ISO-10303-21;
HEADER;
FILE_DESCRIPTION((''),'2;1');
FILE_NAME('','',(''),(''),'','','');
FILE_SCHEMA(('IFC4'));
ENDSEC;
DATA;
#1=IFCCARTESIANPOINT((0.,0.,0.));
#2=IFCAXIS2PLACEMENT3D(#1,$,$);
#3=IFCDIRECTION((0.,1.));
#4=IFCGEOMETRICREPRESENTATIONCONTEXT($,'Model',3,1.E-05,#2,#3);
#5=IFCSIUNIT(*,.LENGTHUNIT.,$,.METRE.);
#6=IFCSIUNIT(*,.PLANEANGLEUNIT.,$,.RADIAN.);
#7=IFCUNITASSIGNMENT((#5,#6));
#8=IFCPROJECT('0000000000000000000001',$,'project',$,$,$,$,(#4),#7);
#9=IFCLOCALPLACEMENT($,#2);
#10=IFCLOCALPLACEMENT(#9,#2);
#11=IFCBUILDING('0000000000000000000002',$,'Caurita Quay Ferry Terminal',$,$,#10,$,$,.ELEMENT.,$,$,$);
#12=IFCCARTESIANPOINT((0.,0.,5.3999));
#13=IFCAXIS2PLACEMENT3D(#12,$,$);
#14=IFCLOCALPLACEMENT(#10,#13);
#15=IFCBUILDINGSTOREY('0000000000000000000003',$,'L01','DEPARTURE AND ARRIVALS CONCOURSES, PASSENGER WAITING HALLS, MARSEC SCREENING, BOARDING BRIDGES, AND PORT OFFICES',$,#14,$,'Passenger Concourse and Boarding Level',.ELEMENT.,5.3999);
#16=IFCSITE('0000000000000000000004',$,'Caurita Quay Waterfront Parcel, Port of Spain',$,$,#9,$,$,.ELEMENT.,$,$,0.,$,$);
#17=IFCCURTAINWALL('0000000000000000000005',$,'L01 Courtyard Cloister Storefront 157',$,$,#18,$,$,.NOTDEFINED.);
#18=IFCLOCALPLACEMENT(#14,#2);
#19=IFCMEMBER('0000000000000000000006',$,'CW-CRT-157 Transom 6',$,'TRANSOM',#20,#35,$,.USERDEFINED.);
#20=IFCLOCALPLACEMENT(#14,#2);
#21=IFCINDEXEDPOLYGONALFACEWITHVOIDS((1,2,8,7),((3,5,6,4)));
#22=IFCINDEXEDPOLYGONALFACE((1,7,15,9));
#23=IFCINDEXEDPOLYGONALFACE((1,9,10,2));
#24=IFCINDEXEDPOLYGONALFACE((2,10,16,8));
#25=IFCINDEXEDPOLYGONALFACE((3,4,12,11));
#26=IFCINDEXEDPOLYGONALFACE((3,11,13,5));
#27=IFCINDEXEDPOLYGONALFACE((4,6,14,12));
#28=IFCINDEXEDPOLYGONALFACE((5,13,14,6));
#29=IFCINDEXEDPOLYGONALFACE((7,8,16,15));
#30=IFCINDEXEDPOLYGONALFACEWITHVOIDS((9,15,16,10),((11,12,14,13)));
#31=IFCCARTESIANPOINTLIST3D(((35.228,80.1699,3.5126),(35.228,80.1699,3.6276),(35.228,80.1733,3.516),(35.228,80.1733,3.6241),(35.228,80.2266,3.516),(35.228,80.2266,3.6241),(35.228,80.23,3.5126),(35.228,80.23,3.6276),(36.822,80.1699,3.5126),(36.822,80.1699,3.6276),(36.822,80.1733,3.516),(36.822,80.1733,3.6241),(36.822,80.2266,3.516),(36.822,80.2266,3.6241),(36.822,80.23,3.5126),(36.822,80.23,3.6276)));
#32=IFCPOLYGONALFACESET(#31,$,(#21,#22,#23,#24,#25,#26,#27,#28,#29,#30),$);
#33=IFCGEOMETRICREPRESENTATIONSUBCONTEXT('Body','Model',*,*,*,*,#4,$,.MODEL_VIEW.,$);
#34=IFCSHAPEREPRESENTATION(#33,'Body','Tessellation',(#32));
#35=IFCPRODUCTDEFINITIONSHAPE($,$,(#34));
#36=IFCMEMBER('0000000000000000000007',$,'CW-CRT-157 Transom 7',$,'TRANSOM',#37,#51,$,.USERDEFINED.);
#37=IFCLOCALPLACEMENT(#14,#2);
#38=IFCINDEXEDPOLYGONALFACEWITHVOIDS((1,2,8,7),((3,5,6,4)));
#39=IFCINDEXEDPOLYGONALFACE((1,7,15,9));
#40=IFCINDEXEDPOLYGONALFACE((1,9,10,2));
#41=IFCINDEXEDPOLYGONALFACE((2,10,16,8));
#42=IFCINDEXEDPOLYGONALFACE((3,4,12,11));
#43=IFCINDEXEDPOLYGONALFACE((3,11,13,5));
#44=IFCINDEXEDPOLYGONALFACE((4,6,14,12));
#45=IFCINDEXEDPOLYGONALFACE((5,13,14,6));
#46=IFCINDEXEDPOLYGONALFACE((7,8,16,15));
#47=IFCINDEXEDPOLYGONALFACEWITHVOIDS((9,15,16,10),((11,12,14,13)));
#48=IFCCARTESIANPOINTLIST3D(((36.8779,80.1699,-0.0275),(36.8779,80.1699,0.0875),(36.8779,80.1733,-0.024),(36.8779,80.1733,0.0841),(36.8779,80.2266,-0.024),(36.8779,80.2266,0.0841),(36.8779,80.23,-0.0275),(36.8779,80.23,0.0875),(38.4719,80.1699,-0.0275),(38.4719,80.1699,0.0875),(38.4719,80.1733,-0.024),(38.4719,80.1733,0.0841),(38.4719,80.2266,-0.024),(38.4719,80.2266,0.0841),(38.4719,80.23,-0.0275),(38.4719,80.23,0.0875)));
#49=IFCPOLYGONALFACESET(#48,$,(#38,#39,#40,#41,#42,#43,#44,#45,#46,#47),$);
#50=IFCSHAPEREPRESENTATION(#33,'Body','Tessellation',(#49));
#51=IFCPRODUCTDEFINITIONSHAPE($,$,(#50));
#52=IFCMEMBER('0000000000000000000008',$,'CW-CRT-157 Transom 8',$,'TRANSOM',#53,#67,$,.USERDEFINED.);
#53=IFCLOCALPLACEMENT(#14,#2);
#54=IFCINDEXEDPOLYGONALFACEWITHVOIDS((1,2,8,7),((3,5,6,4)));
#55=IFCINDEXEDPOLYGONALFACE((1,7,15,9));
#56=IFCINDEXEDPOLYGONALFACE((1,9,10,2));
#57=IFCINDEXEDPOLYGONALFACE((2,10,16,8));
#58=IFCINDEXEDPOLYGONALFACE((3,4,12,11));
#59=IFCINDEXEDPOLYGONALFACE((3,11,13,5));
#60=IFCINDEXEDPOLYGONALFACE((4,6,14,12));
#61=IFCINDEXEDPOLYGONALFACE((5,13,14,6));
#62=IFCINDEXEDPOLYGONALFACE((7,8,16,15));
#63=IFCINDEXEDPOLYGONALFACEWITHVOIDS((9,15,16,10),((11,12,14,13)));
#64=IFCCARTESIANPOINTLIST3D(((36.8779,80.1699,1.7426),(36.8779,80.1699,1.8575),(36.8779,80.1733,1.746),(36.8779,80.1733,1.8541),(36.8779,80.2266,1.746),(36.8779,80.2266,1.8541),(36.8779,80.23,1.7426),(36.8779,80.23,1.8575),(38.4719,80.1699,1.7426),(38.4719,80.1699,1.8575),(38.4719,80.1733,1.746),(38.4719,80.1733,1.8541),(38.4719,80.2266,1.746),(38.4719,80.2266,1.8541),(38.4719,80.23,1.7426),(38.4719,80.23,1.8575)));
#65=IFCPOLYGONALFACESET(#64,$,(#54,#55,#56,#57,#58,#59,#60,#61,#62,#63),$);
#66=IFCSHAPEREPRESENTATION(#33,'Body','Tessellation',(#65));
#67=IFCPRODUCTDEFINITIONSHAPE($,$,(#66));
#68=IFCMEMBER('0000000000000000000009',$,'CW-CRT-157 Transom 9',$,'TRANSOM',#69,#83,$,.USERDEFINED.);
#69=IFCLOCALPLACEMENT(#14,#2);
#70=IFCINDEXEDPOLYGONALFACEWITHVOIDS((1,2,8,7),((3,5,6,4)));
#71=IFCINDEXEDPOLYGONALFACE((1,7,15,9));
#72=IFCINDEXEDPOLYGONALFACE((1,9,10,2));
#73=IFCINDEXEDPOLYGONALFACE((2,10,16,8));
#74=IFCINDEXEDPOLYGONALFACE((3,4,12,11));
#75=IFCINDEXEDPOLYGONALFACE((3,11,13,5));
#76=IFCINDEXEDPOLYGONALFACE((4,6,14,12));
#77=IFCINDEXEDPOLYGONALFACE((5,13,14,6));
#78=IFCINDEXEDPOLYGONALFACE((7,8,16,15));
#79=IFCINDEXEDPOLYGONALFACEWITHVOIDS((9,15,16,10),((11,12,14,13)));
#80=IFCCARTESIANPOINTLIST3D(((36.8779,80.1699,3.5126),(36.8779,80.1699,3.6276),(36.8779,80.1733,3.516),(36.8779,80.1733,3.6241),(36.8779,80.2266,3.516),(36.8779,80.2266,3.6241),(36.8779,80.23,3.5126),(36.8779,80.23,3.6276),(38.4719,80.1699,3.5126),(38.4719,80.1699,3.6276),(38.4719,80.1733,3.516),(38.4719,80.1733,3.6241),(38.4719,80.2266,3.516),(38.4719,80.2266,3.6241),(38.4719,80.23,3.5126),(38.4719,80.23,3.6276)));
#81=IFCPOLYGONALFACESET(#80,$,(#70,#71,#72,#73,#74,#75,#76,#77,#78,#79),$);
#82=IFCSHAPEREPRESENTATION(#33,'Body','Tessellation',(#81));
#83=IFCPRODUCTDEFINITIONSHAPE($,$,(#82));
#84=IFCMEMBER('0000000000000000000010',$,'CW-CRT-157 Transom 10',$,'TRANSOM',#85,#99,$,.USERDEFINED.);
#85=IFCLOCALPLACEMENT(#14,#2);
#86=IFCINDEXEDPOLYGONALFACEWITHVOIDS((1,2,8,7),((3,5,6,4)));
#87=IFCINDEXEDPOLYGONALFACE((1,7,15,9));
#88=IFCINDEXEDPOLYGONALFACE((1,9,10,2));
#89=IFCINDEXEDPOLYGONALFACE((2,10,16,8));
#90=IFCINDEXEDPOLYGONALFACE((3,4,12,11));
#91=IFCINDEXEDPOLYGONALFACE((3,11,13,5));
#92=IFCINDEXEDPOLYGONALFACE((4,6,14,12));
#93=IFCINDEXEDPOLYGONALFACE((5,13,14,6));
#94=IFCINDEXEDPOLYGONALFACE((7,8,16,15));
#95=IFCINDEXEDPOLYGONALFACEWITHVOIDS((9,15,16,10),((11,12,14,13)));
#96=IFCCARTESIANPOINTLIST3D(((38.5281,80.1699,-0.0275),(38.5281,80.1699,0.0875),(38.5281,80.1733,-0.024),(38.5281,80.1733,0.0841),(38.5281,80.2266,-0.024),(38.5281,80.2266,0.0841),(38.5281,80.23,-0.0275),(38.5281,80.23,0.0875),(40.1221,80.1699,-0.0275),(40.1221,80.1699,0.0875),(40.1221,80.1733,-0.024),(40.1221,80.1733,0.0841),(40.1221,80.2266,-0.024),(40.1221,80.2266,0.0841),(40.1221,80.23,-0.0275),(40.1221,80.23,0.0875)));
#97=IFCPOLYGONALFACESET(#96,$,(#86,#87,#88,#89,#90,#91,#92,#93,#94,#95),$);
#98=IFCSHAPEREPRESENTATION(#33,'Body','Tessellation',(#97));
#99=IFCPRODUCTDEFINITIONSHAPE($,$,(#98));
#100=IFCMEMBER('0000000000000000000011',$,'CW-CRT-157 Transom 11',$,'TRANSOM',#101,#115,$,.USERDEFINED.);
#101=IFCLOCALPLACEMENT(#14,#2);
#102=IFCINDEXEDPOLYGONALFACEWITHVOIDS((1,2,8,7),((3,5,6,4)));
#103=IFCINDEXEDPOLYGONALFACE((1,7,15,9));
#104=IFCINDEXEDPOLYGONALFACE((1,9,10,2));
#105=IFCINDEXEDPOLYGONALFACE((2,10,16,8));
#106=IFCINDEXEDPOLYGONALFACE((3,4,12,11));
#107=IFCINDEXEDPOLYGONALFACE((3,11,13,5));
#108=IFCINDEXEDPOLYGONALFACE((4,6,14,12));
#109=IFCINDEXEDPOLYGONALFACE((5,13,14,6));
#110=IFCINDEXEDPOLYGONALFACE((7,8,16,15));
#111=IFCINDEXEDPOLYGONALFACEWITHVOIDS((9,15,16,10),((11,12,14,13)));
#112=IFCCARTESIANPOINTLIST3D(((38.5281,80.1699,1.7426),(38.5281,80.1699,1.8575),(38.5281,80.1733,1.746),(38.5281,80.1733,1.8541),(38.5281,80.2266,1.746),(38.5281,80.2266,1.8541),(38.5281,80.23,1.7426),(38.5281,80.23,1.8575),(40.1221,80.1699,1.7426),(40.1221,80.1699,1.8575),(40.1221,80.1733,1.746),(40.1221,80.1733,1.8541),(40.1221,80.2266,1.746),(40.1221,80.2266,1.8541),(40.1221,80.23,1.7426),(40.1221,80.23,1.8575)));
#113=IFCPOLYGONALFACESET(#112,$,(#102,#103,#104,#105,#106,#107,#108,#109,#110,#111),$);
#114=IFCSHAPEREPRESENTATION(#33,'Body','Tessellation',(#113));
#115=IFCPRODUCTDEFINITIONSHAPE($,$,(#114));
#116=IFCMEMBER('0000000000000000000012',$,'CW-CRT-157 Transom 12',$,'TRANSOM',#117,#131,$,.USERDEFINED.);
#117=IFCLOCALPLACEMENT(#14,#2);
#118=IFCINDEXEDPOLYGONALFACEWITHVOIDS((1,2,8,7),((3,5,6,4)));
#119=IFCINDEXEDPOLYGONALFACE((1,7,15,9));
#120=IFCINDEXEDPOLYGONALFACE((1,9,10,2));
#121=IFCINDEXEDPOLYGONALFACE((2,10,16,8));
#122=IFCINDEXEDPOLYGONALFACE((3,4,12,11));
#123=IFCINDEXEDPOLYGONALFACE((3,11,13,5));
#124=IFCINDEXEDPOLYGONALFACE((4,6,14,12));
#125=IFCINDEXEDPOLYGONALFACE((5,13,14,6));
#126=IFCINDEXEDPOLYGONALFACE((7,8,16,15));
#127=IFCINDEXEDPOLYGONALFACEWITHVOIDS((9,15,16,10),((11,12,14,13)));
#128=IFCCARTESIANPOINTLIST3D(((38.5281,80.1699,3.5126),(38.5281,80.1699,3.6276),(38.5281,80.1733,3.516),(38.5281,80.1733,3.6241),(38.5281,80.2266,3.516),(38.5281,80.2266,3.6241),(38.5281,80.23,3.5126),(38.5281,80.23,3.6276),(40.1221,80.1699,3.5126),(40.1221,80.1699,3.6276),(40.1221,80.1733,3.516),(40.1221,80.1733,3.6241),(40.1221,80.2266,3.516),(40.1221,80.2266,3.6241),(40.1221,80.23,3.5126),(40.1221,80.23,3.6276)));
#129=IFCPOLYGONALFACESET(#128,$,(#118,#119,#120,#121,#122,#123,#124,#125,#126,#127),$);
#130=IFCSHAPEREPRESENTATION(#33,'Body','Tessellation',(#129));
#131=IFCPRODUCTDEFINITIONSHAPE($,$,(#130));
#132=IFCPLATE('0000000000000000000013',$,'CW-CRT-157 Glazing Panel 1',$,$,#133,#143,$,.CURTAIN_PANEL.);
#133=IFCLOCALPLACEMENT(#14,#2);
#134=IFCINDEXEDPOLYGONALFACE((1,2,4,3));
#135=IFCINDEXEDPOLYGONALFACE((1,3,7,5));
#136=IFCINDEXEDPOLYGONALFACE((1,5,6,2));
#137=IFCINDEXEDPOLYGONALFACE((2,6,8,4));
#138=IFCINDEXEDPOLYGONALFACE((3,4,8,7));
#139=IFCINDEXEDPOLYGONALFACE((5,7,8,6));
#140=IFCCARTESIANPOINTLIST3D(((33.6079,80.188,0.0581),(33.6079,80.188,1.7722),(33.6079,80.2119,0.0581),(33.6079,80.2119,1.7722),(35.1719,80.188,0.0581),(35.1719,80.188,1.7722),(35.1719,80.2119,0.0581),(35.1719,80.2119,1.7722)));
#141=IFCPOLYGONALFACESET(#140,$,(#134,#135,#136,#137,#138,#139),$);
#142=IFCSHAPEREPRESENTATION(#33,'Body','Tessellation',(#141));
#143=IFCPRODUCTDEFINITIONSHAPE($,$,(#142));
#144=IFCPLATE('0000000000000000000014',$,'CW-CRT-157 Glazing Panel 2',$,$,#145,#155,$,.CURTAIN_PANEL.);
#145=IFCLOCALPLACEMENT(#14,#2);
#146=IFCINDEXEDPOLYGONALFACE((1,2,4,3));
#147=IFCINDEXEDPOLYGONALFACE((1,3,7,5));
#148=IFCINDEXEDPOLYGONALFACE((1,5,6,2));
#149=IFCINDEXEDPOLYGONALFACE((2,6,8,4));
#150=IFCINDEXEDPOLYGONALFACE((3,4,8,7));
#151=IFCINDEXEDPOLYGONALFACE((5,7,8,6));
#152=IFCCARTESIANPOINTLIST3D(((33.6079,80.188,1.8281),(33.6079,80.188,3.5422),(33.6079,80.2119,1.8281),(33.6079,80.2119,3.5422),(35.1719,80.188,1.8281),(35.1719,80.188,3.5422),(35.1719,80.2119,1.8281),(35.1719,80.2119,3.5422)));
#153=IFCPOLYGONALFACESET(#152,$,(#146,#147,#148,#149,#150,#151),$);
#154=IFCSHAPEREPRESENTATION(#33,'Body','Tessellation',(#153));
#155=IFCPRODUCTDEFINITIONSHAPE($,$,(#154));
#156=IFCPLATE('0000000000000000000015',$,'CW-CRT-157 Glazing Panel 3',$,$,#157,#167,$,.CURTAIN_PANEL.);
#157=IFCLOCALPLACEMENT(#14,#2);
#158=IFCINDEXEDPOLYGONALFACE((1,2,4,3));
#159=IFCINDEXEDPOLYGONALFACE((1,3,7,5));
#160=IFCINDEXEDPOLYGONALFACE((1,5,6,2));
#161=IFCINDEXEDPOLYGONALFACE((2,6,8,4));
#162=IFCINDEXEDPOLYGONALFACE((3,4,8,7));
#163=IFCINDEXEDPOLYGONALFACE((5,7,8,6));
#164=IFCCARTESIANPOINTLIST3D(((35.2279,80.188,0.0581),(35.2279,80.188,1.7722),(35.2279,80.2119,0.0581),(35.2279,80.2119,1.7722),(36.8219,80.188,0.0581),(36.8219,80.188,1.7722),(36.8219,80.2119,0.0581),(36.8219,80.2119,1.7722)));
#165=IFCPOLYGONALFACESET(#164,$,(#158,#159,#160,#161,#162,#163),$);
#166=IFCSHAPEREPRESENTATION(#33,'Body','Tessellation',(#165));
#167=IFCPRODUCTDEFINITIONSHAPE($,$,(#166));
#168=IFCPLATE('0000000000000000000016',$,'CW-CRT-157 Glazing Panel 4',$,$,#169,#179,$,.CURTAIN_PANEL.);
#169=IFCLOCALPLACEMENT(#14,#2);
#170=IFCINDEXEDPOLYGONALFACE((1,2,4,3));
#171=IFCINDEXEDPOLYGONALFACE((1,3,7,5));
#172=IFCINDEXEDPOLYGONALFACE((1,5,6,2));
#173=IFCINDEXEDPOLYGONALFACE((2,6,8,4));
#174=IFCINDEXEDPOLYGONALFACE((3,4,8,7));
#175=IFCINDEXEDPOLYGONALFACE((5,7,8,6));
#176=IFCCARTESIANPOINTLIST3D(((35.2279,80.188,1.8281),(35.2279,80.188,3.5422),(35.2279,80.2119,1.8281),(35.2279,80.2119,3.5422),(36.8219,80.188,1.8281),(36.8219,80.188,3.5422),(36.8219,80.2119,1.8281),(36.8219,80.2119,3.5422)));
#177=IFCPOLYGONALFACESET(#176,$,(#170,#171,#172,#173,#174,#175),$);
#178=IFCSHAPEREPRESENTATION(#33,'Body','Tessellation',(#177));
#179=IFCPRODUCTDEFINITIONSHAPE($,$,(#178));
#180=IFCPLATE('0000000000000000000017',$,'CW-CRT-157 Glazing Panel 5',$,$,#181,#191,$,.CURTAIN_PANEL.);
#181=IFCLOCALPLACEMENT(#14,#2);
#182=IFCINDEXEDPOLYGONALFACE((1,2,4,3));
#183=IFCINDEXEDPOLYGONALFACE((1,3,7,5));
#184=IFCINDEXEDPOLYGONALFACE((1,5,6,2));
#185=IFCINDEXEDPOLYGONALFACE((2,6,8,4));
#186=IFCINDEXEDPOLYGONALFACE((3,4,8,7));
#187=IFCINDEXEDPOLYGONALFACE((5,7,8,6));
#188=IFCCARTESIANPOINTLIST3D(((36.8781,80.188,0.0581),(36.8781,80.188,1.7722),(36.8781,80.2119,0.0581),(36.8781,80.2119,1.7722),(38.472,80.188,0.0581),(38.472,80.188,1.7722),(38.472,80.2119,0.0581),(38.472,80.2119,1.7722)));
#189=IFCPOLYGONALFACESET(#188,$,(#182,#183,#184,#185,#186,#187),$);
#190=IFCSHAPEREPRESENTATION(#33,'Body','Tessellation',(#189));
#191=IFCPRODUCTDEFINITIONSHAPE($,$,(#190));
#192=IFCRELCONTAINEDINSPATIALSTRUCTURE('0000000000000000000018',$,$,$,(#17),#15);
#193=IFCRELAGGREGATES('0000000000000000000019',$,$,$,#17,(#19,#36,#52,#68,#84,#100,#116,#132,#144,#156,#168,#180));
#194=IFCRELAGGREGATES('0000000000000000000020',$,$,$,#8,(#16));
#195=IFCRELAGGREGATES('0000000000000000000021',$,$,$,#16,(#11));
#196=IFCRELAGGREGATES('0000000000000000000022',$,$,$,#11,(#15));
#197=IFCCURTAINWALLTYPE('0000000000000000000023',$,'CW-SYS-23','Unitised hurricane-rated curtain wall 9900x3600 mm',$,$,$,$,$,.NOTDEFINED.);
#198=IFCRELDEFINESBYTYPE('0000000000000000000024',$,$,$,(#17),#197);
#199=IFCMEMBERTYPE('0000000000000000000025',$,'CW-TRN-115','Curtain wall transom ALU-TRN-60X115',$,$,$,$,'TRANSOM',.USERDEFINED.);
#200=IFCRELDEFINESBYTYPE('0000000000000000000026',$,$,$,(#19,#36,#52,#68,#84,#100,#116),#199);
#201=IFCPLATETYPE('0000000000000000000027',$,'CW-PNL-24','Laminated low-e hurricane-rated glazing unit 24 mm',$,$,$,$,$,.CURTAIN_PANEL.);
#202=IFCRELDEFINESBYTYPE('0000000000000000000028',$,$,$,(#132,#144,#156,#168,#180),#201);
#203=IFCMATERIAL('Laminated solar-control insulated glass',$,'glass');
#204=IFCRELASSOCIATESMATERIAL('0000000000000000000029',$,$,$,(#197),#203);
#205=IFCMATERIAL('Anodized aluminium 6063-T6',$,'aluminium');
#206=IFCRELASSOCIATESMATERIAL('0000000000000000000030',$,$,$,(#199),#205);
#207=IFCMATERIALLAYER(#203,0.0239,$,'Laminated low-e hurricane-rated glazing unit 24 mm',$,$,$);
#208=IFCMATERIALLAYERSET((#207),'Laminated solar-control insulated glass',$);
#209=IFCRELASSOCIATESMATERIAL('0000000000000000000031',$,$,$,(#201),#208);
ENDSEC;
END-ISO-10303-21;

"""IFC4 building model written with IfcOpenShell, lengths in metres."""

from ifc_helpers import new_model, si_unit, direction, frame, origin, origin_2d, place, context, subcontext, project, spatial, rectangle, hollow_rectangle, extrude, material, layer, layer_set, material_profile, profile_set, type_object, element, aggregate, save


model = new_model("IFC4")

# Units and contexts
model_context = context("Model", 3, precision=1e-05, world=origin(), true_north=direction((0.0, 1.0)))
body_context = subcontext(model_context, "Body", "Model", "MODEL_VIEW")
ifc_project = project(units=[si_unit("LENGTHUNIT", "METRE"), si_unit("PLANEANGLEUNIT", "RADIAN")], contexts=[model_context])

# Site, building, storey
site_placement = place(None, origin())
site = spatial("IfcSite", under=ifc_project, at=site_placement, Name="Caurita Quay Waterfront Parcel, Port of Spain", CompositionType="ELEMENT", RefElevation=0.0)
building_placement = place(site_placement, origin())
building = spatial("IfcBuilding", under=site, at=building_placement, Name="Caurita Quay Ferry Terminal", CompositionType="ELEMENT")
storey_placement = place(building_placement, frame((0.0, 0.0, 5.3999)))
storey = spatial("IfcBuildingStorey", under=building, at=storey_placement, Name="L01", Description="DEPARTURE AND ARRIVALS CONCOURSES, PASSENGER WAITING HALLS, MARSEC SCREENING, BOARDING BRIDGES, AND PORT OFFICES", LongName="Passenger Concourse and Boarding Level", CompositionType="ELEMENT", Elevation=5.3999)

# Curtain wall, members, plates
ifc_material_1 = material(Name="Laminated solar-control insulated glass", Category="glass")
curtain_wall_type = type_object("IfcCurtainWallType", Name="CW-SYS-23", Description="Unitised hurricane-rated curtain wall 9900x3600 mm", PredefinedType="NOTDEFINED", material=ifc_material_1)
curtain_wall_placement = place(storey_placement, origin())
curtain_wall = element("IfcCurtainWall", 1, at=curtain_wall_placement, inside=storey, type_object=curtain_wall_type, Name="L01 Courtyard Cloister Storefront 157", PredefinedType="NOTDEFINED")
ifc_material_2 = material(Name="Anodized aluminium 6063-T6", Category="aluminium")
ifc_material_profile_1 = material_profile(ifc_material_2, hollow_rectangle(XDim=0.0601, YDim=0.115, WallThickness=0.0034, at=origin_2d()), Name="ALU-TRN-60X115")
ifc_profile_set_1 = profile_set([ifc_material_profile_1], Name="Anodized aluminium 6063-T6")
member_type_1 = type_object("IfcMemberType", Name="CW-TRN-115", Description="Curtain wall transom ALU-TRN-60X115", ElementType="TRANSOM", PredefinedType="USERDEFINED", material=ifc_profile_set_1)
member_1_placement = place(storey_placement, frame((35.228, 80.2, 3.5701), z_axis=(1.0, 0.0, 0.0), x_axis=(0.0, 1.0, 0.0)))
member_1 = element("IfcMember", 2, at=member_1_placement, type_object=member_type_1, Name="CW-CRT-157 Transom 6", ObjectType="TRANSOM", PredefinedType="USERDEFINED", context=body_context, shape_type="SweptSolid", body=[
    extrude(hollow_rectangle(XDim=0.0601, YDim=0.115, WallThickness=0.0034, at=origin_2d()), origin(), (0.0, 0.0, 1.0), 1.594),
])
member_2_placement = place(storey_placement, frame((36.8779, 80.2, 0.03), z_axis=(1.0, 0.0, 0.0), x_axis=(0.0, 1.0, 0.0)))
member_2 = element("IfcMember", 3, at=member_2_placement, type_object=member_type_1, Name="CW-CRT-157 Transom 7", ObjectType="TRANSOM", PredefinedType="USERDEFINED", context=body_context, shape_type="SweptSolid", body=[
    extrude(hollow_rectangle(XDim=0.0601, YDim=0.115, WallThickness=0.0034, at=origin_2d()), origin(), (0.0, 0.0, 1.0), 1.594),
])
member_3_placement = place(storey_placement, frame((36.8779, 80.2, 1.8), z_axis=(1.0, 0.0, 0.0), x_axis=(0.0, 1.0, 0.0)))
member_3 = element("IfcMember", 4, at=member_3_placement, type_object=member_type_1, Name="CW-CRT-157 Transom 8", ObjectType="TRANSOM", PredefinedType="USERDEFINED", context=body_context, shape_type="SweptSolid", body=[
    extrude(hollow_rectangle(XDim=0.0601, YDim=0.115, WallThickness=0.0034, at=origin_2d()), origin(), (0.0, 0.0, 1.0), 1.594),
])
member_4_placement = place(storey_placement, frame((36.8779, 80.2, 3.5701), z_axis=(1.0, 0.0, 0.0), x_axis=(0.0, 1.0, 0.0)))
member_4 = element("IfcMember", 5, at=member_4_placement, type_object=member_type_1, Name="CW-CRT-157 Transom 9", ObjectType="TRANSOM", PredefinedType="USERDEFINED", context=body_context, shape_type="SweptSolid", body=[
    extrude(hollow_rectangle(XDim=0.0601, YDim=0.115, WallThickness=0.0034, at=origin_2d()), origin(), (0.0, 0.0, 1.0), 1.594),
])
member_5_placement = place(storey_placement, frame((38.5281, 80.2, 0.03), z_axis=(1.0, 0.0, 0.0), x_axis=(0.0, 1.0, 0.0)))
member_5 = element("IfcMember", 6, at=member_5_placement, type_object=member_type_1, Name="CW-CRT-157 Transom 10", ObjectType="TRANSOM", PredefinedType="USERDEFINED", context=body_context, shape_type="SweptSolid", body=[
    extrude(hollow_rectangle(XDim=0.0601, YDim=0.115, WallThickness=0.0034, at=origin_2d()), origin(), (0.0, 0.0, 1.0), 1.594),
])
member_6_placement = place(storey_placement, frame((38.5281, 80.2, 1.8), z_axis=(1.0, 0.0, 0.0), x_axis=(0.0, 1.0, 0.0)))
member_6 = element("IfcMember", 7, at=member_6_placement, type_object=member_type_1, Name="CW-CRT-157 Transom 11", ObjectType="TRANSOM", PredefinedType="USERDEFINED", context=body_context, shape_type="SweptSolid", body=[
    extrude(hollow_rectangle(XDim=0.0601, YDim=0.115, WallThickness=0.0034, at=origin_2d()), origin(), (0.0, 0.0, 1.0), 1.594),
])
member_7_placement = place(storey_placement, frame((38.5281, 80.2, 3.5701), z_axis=(1.0, 0.0, 0.0), x_axis=(0.0, 1.0, 0.0)))
member_7 = element("IfcMember", 8, at=member_7_placement, type_object=member_type_1, Name="CW-CRT-157 Transom 12", ObjectType="TRANSOM", PredefinedType="USERDEFINED", context=body_context, shape_type="SweptSolid", body=[
    extrude(hollow_rectangle(XDim=0.0601, YDim=0.115, WallThickness=0.0034, at=origin_2d()), origin(), (0.0, 0.0, 1.0), 1.594),
])
ifc_layer_1 = layer(ifc_material_1, 0.0239, Name="Laminated low-e hurricane-rated glazing unit 24 mm")
ifc_layer_set_1 = layer_set([ifc_layer_1], Name="Laminated solar-control insulated glass")
plate_type = type_object("IfcPlateType", Name="CW-PNL-24", Description="Laminated low-e hurricane-rated glazing unit 24 mm", PredefinedType="CURTAIN_PANEL", material=ifc_layer_set_1)
plate_1_placement = place(storey_placement, frame((34.3899, 80.2, 0.0581), z_axis=(0.0, 0.0, 1.0), x_axis=(1.0, 0.0, 0.0)))
plate_1 = element("IfcPlate", 9, at=plate_1_placement, type_object=plate_type, Name="CW-CRT-157 Glazing Panel 1", PredefinedType="CURTAIN_PANEL", context=body_context, shape_type="SweptSolid", body=[
    extrude(rectangle(XDim=1.564, YDim=0.0239, at=origin_2d()), origin(), (0.0, 0.0, 1.0), 1.7141),
])
plate_2_placement = place(storey_placement, frame((34.3899, 80.2, 1.8281), z_axis=(0.0, 0.0, 1.0), x_axis=(1.0, 0.0, 0.0)))
plate_2 = element("IfcPlate", 10, at=plate_2_placement, type_object=plate_type, Name="CW-CRT-157 Glazing Panel 2", PredefinedType="CURTAIN_PANEL", context=body_context, shape_type="SweptSolid", body=[
    extrude(rectangle(XDim=1.564, YDim=0.0239, at=origin_2d()), origin(), (0.0, 0.0, 1.0), 1.7141),
])
plate_3_placement = place(storey_placement, frame((36.0249, 80.2, 0.0581), z_axis=(0.0, 0.0, 1.0), x_axis=(1.0, 0.0, 0.0)))
plate_3 = element("IfcPlate", 11, at=plate_3_placement, type_object=plate_type, Name="CW-CRT-157 Glazing Panel 3", PredefinedType="CURTAIN_PANEL", context=body_context, shape_type="SweptSolid", body=[
    extrude(rectangle(XDim=1.594, YDim=0.0239, at=origin_2d()), origin(), (0.0, 0.0, 1.0), 1.7141),
])
plate_4_placement = place(storey_placement, frame((36.0249, 80.2, 1.8281), z_axis=(0.0, 0.0, 1.0), x_axis=(1.0, 0.0, 0.0)))
plate_4 = element("IfcPlate", 12, at=plate_4_placement, type_object=plate_type, Name="CW-CRT-157 Glazing Panel 4", PredefinedType="CURTAIN_PANEL", context=body_context, shape_type="SweptSolid", body=[
    extrude(rectangle(XDim=1.594, YDim=0.0239, at=origin_2d()), origin(), (0.0, 0.0, 1.0), 1.7141),
])
plate_5_placement = place(storey_placement, frame((37.675, 80.2, 0.0581), z_axis=(0.0, 0.0, 1.0), x_axis=(1.0, 0.0, 0.0)))
plate_5 = element("IfcPlate", 13, at=plate_5_placement, type_object=plate_type, Name="CW-CRT-157 Glazing Panel 5", PredefinedType="CURTAIN_PANEL", context=body_context, shape_type="SweptSolid", body=[
    extrude(rectangle(XDim=1.594, YDim=0.0239, at=origin_2d()), origin(), (0.0, 0.0, 1.0), 1.7141),
])
aggregate(curtain_wall, [member_1, member_2, member_3, member_4, member_5, member_6, member_7, plate_1, plate_2, plate_3, plate_4, plate_5])

save(model, "model.ifc")
